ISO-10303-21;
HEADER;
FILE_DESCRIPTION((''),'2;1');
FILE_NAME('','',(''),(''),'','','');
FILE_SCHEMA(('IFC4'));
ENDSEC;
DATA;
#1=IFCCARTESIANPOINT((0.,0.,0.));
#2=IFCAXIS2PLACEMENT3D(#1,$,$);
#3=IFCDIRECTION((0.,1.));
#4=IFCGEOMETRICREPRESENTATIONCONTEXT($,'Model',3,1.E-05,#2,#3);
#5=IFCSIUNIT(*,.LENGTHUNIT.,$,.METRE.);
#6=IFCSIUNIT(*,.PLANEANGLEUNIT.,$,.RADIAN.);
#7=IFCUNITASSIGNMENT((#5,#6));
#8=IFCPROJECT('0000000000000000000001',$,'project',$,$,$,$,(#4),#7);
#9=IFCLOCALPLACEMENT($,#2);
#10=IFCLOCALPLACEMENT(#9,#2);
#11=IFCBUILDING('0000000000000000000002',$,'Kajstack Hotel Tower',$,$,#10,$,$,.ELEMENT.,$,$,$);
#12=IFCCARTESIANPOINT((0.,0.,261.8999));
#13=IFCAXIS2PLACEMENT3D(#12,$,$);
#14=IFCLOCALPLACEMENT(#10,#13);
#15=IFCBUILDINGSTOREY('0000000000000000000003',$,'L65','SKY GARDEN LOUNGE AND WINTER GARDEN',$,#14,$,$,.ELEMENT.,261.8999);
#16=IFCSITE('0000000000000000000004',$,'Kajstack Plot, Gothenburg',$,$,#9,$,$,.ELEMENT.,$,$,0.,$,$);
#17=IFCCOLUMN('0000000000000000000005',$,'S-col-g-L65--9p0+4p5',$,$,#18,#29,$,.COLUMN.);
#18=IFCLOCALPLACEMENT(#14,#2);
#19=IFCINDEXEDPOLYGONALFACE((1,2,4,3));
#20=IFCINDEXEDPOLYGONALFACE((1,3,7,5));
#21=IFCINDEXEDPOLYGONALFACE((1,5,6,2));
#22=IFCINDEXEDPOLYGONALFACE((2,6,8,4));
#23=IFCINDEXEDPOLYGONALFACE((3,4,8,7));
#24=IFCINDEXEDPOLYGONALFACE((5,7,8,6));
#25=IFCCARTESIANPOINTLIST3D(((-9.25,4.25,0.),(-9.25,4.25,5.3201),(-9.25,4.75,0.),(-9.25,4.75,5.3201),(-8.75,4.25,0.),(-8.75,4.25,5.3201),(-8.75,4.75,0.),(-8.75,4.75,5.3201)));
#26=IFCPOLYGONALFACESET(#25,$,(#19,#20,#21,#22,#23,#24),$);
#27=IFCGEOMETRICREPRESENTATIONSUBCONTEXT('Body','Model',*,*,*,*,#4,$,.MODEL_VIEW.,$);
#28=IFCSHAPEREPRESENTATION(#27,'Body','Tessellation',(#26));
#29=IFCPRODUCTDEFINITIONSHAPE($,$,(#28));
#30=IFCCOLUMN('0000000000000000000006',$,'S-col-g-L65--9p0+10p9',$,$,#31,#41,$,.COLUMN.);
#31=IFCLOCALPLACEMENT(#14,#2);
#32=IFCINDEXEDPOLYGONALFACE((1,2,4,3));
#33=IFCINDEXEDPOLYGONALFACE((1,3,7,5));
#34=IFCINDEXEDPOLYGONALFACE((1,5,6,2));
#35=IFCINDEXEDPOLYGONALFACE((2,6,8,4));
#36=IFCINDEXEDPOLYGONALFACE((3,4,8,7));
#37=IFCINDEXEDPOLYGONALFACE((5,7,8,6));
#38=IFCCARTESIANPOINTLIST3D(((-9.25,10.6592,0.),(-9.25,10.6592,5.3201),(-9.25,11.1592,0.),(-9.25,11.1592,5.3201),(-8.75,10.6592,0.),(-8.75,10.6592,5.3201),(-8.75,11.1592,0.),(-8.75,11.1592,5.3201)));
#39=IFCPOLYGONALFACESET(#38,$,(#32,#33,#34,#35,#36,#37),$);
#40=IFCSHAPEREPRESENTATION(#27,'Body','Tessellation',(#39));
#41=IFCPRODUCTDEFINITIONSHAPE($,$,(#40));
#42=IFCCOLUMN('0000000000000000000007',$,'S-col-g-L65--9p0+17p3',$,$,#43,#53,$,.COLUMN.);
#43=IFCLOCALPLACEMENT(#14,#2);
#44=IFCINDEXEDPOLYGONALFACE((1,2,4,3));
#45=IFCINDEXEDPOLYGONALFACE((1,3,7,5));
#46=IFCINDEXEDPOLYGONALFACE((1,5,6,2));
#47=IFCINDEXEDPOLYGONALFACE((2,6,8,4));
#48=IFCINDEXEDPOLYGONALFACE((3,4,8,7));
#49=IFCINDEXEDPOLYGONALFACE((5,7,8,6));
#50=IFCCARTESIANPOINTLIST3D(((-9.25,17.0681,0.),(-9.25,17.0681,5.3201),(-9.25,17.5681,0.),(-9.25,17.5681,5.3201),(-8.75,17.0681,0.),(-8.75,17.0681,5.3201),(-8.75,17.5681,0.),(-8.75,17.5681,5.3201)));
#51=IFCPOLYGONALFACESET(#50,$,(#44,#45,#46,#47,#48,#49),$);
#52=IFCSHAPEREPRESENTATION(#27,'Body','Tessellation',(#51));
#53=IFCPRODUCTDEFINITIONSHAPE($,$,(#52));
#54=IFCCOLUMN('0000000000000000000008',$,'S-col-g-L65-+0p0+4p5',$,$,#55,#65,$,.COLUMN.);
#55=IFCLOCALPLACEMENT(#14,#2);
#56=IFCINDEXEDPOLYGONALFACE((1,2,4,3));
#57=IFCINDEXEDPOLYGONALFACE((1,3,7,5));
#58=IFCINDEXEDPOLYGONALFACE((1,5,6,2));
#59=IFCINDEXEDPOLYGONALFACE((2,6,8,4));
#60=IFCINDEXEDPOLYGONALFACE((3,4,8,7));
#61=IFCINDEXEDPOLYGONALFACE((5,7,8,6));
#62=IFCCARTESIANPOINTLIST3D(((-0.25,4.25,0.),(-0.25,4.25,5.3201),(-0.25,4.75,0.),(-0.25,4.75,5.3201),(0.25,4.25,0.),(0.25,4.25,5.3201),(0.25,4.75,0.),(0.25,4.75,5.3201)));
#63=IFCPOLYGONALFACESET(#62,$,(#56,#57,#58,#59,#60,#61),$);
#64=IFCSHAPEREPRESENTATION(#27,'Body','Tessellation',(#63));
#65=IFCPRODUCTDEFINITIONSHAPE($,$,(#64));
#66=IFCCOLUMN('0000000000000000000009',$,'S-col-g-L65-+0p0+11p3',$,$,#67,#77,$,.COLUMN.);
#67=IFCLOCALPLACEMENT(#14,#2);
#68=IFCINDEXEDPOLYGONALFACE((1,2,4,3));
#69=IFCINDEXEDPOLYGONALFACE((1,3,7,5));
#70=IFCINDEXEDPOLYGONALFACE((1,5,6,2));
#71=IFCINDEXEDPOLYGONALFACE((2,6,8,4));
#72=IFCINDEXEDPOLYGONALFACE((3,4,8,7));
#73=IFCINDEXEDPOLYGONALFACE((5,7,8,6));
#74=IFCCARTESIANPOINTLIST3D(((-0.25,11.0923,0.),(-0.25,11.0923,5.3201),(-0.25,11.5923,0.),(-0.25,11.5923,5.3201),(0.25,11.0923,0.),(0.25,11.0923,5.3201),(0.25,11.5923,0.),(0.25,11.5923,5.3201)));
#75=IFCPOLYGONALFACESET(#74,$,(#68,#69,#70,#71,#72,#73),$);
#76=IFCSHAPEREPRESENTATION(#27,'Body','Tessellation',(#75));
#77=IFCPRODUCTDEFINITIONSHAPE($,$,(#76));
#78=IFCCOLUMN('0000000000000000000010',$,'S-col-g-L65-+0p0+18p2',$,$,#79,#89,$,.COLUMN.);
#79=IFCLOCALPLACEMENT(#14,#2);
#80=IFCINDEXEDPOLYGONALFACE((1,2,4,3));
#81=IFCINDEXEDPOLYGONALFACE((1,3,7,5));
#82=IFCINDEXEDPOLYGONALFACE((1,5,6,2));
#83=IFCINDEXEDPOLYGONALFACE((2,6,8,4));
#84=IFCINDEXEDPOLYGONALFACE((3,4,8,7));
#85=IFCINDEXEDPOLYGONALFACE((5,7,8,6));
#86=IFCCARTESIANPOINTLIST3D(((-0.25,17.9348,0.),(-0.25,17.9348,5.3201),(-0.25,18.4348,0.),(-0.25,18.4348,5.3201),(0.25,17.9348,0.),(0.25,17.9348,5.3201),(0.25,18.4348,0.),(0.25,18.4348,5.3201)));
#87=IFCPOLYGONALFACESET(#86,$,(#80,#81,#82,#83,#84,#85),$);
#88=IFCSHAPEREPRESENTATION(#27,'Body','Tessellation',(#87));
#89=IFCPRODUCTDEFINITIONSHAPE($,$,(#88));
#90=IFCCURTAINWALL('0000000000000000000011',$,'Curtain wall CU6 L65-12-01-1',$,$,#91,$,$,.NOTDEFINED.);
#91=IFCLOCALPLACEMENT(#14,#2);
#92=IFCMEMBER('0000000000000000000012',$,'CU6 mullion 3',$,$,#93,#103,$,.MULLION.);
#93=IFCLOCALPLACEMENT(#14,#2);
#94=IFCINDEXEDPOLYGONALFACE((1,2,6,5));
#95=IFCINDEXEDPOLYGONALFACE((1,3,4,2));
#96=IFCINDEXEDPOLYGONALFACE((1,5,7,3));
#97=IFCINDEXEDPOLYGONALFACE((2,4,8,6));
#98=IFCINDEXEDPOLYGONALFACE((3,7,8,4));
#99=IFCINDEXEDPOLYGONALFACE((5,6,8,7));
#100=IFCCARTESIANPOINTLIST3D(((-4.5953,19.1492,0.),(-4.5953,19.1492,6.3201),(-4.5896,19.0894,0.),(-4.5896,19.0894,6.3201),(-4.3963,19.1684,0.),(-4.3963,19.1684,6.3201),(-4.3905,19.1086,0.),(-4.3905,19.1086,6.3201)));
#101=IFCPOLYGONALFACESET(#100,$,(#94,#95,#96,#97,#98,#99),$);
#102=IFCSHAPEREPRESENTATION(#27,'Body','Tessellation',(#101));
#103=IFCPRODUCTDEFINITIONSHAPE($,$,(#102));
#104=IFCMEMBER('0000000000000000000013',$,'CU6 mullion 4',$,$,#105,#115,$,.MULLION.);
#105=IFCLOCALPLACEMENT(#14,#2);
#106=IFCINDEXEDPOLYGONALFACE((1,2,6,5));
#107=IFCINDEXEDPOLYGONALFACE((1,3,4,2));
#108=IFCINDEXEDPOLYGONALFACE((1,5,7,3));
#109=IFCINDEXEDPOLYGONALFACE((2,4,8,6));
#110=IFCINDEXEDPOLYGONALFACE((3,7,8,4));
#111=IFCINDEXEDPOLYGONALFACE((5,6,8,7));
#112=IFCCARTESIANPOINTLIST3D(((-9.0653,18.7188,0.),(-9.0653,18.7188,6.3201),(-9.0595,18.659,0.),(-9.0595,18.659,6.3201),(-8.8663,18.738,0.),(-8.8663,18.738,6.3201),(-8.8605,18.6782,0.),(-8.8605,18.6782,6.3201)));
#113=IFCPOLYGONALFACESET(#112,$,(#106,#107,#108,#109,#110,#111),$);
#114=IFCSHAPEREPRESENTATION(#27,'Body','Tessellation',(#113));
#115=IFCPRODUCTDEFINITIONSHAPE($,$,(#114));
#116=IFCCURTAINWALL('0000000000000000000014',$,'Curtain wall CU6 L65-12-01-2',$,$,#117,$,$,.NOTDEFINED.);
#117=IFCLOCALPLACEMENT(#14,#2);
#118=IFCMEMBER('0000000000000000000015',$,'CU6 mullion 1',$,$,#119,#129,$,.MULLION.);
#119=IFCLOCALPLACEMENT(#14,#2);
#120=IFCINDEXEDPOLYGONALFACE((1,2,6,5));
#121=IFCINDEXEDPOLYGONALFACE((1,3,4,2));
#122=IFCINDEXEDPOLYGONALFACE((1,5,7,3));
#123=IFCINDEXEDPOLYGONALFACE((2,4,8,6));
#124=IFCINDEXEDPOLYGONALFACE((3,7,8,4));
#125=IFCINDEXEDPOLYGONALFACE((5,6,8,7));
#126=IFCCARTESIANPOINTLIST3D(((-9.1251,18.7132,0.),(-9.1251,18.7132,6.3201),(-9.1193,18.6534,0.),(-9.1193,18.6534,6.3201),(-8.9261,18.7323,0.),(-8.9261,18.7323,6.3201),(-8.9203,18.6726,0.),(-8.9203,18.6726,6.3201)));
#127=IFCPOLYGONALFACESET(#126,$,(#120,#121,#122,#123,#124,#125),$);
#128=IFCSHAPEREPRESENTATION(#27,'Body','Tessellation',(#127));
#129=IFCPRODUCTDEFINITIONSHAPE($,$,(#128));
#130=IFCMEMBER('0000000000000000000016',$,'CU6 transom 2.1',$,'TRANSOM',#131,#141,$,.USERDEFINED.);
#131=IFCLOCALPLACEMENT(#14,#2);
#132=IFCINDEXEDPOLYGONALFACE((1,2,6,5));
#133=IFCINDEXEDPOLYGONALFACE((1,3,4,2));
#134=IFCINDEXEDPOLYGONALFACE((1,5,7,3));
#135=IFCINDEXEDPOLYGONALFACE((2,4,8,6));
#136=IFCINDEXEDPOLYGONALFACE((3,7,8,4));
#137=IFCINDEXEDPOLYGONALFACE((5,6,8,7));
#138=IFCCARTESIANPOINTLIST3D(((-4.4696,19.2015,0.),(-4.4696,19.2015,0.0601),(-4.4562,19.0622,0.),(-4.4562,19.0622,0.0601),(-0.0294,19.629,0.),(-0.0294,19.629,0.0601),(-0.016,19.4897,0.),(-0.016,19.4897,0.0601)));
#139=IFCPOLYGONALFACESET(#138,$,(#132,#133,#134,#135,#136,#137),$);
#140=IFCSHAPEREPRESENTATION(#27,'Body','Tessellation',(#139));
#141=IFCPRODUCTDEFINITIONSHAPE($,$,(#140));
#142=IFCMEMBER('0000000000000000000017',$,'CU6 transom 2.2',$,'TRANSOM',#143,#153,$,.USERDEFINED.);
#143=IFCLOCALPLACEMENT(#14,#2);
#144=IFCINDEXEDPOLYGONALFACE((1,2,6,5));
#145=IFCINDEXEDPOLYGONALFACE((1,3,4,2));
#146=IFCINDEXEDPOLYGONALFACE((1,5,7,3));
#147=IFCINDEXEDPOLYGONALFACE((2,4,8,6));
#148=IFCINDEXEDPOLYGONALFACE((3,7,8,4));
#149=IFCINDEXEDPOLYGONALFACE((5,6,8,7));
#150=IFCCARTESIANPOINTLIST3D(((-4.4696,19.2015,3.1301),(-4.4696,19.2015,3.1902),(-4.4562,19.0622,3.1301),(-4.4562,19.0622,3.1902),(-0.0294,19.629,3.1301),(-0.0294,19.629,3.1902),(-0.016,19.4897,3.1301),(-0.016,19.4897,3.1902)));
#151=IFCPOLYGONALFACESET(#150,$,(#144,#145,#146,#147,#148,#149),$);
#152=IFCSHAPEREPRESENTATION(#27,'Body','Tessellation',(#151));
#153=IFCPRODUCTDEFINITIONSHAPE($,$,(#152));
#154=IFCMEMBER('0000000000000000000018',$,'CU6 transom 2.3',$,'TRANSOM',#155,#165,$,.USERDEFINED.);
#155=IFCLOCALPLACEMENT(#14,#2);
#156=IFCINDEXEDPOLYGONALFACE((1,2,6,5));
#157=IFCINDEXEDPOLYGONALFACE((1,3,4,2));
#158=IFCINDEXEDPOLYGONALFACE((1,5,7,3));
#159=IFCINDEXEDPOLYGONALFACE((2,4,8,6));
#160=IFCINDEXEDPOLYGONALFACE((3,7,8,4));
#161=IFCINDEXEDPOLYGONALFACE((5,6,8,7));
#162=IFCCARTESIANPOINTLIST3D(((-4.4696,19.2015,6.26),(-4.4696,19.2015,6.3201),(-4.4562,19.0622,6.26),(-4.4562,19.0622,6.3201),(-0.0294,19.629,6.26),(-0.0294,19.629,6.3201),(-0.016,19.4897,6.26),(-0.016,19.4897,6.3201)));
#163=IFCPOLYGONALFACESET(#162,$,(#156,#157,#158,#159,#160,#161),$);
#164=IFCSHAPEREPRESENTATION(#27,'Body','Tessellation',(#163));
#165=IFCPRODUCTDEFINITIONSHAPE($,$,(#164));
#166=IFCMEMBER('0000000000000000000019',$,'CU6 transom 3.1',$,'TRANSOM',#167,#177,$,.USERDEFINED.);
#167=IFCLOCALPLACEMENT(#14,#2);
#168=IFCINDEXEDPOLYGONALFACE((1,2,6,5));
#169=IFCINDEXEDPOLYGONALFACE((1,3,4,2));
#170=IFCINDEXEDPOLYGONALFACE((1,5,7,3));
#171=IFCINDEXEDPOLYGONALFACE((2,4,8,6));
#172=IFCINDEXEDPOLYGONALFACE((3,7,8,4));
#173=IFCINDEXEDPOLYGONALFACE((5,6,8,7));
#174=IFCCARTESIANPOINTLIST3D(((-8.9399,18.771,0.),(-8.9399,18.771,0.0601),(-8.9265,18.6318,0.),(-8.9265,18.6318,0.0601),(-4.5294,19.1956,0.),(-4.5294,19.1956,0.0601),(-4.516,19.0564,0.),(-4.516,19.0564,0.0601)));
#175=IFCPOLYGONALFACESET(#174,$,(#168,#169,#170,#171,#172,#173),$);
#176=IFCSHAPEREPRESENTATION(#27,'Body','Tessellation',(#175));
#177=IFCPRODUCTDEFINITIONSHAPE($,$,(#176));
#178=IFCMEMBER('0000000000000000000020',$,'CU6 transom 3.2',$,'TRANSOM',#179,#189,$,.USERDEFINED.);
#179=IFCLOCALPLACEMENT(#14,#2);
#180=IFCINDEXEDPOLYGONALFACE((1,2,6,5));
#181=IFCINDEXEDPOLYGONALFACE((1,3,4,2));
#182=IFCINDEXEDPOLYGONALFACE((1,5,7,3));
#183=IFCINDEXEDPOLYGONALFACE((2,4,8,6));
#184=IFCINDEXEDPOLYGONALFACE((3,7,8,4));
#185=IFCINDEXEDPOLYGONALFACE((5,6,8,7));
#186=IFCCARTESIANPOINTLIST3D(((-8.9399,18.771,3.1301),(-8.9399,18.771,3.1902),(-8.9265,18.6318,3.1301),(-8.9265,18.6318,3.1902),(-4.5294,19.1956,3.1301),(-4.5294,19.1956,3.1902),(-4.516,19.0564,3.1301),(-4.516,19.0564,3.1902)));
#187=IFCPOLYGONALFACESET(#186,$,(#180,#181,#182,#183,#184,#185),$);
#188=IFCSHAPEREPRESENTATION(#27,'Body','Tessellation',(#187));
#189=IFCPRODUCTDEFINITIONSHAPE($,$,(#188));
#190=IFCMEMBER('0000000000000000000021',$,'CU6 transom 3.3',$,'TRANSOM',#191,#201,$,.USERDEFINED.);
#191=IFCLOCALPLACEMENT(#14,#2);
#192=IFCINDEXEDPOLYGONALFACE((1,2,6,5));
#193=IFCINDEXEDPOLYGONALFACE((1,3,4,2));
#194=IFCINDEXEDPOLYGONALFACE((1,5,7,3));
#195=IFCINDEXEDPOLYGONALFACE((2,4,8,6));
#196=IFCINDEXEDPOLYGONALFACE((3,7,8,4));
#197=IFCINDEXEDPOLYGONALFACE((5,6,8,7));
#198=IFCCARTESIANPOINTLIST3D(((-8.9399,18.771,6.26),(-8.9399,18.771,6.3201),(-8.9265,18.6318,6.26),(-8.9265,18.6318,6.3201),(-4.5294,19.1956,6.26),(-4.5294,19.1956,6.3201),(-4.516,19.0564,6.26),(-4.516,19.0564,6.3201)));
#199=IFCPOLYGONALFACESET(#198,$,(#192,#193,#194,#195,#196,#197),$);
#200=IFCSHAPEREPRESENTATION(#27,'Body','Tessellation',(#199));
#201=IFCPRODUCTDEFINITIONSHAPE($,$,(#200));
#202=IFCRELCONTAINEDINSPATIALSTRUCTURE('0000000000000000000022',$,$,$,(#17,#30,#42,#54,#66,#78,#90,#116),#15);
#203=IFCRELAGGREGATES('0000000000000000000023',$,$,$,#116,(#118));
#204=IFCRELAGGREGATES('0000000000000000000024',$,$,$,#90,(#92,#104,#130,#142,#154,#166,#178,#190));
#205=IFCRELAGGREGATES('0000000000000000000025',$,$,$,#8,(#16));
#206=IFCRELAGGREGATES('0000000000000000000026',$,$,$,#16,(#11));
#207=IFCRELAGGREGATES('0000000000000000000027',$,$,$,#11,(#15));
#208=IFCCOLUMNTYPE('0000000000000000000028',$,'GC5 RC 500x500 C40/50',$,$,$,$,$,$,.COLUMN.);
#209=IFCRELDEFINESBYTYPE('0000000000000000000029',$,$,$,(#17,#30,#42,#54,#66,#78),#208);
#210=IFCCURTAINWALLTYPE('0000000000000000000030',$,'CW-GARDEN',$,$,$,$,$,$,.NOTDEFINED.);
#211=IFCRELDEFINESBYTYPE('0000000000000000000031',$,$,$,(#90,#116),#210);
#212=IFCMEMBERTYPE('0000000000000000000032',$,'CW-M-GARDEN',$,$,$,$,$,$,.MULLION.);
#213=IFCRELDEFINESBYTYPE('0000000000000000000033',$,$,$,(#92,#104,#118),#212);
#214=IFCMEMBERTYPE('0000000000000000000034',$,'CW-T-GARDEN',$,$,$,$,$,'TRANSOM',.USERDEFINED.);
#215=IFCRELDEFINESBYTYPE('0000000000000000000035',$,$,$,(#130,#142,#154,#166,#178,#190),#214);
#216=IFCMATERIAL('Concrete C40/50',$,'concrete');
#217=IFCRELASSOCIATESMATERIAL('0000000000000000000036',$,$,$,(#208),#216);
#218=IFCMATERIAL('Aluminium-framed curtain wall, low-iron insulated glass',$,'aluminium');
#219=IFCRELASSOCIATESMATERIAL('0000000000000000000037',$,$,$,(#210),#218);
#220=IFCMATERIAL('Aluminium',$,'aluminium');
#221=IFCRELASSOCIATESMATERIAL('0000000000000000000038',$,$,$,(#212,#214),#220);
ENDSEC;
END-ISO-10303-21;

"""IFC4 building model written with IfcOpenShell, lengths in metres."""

from ifc_helpers import new_model, si_unit, direction, frame, origin, origin_2d, place, context, subcontext, project, spatial, rectangle, extrude, material, material_profile, profile_set, type_object, element, aggregate, save


model = new_model("IFC4")

# Units and contexts
model_context = context("Model", 3, precision=1e-05, world=origin(), true_north=direction((0.0, 1.0)))
body_context = subcontext(model_context, "Body", "Model", "MODEL_VIEW")
ifc_project = project(units=[si_unit("LENGTHUNIT", "METRE"), si_unit("PLANEANGLEUNIT", "RADIAN")], contexts=[model_context])

# Site, building, storey
site_placement = place(None, origin())
site = spatial("IfcSite", under=ifc_project, at=site_placement, Name="Kajstack Plot, Gothenburg", CompositionType="ELEMENT", RefElevation=0.0)
building_placement = place(site_placement, origin())
building = spatial("IfcBuilding", under=site, at=building_placement, Name="Kajstack Hotel Tower", CompositionType="ELEMENT")
storey_placement = place(building_placement, frame((0.0, 0.0, 261.8999)))
storey = spatial("IfcBuildingStorey", under=building, at=storey_placement, Name="L65", Description="SKY GARDEN LOUNGE AND WINTER GARDEN", CompositionType="ELEMENT", Elevation=261.8999)

# Columns
ifc_material_1 = material(Name="Concrete C40/50", Category="concrete")
ifc_material_profile_1 = material_profile(ifc_material_1, rectangle(XDim=0.5, YDim=0.5, at=origin_2d()), Name="RC 500x500")
ifc_profile_set_1 = profile_set([ifc_material_profile_1], Name="Concrete C40/50")
column_type = type_object("IfcColumnType", Name="GC5 RC 500x500 C40/50", PredefinedType="COLUMN", material=ifc_profile_set_1)
for number, where, z_axis, x_axis, name in (
    (1, (-9.0, 4.5, 0.0), (0.0, 0.0, 1.0), (1.0, 0.0, 0.0), "S-col-g-L65--9p0+4p5"),
    (2, (-9.0, 10.9092, 0.0), (0.0, 0.0, 1.0), (1.0, 0.0, 0.0), "S-col-g-L65--9p0+10p9"),
    (3, (-9.0, 17.3181, 0.0), (0.0, 0.0, 1.0), (1.0, 0.0, 0.0), "S-col-g-L65--9p0+17p3"),
    (4, (0.0, 4.5, 0.0), (0.0, 0.0, 1.0), (1.0, 0.0, 0.0), "S-col-g-L65-+0p0+4p5"),
    (5, (0.0, 11.3423, 0.0), (0.0, 0.0, 1.0), (1.0, 0.0, 0.0), "S-col-g-L65-+0p0+11p3"),
    (6, (0.0, 18.1848, 0.0), (0.0, 0.0, 1.0), (1.0, 0.0, 0.0), "S-col-g-L65-+0p0+18p2"),
):
    element("IfcColumn", number, at=place(storey_placement, frame(where, z_axis=z_axis, x_axis=x_axis)), inside=storey, type_object=column_type, Name=name, PredefinedType="COLUMN", context=body_context, shape_type="SweptSolid", body=[
        extrude(rectangle(XDim=0.5, YDim=0.5, at=origin_2d()), origin(), (0.0, 0.0, 1.0), 5.3201),
    ])

# Curtain wall, members
ifc_material_2 = material(Name="Aluminium-framed curtain wall, low-iron insulated glass", Category="aluminium")
curtain_wall_type = type_object("IfcCurtainWallType", Name="CW-GARDEN", PredefinedType="NOTDEFINED", material=ifc_material_2)
curtain_wall_1_placement = place(storey_placement, origin())
curtain_wall_1 = element("IfcCurtainWall", 7, at=curtain_wall_1_placement, inside=storey, type_object=curtain_wall_type, Name="Curtain wall CU6 L65-12-01-1", PredefinedType="NOTDEFINED")
ifc_material_3 = material(Name="Aluminium", Category="aluminium")
ifc_material_profile_2 = material_profile(ifc_material_3, rectangle(XDim=0.0601, YDim=0.2, at=origin_2d()), Name="Aluminium mullion 60 x 200")
ifc_profile_set_2 = profile_set([ifc_material_profile_2], Name="Aluminium")
member_type_1 = type_object("IfcMemberType", Name="CW-M-GARDEN", PredefinedType="MULLION", material=ifc_profile_set_2)
member_1_placement = place(storey_placement, frame((-4.4929, 19.1289, 0.0), z_axis=(0.0, 0.0, 1.0), x_axis=(0.095846, -0.995396, 0.0)))
member_1 = element("IfcMember", 8, at=member_1_placement, type_object=member_type_1, Name="CU6 mullion 3", PredefinedType="MULLION", context=body_context, shape_type="SweptSolid", body=[
    extrude(rectangle(XDim=0.0601, YDim=0.2, at=origin_2d()), origin(), (0.0, 0.0, 1.0), 6.3201),
])
member_2_placement = place(storey_placement, frame((-8.9629, 18.6985, 0.0), z_axis=(0.0, 0.0, 1.0), x_axis=(0.095846, -0.995396, 0.0)))
member_2 = element("IfcMember", 9, at=member_2_placement, type_object=member_type_1, Name="CU6 mullion 4", PredefinedType="MULLION", context=body_context, shape_type="SweptSolid", body=[
    extrude(rectangle(XDim=0.0601, YDim=0.2, at=origin_2d()), origin(), (0.0, 0.0, 1.0), 6.3201),
])

# Curtain wall, member
curtain_wall_2_placement = place(storey_placement, origin())
curtain_wall_2 = element("IfcCurtainWall", 10, at=curtain_wall_2_placement, inside=storey, type_object=curtain_wall_type, Name="Curtain wall CU6 L65-12-01-2", PredefinedType="NOTDEFINED")
member_3_placement = place(storey_placement, frame((-9.0227, 18.6929, 0.0), z_axis=(0.0, 0.0, 1.0), x_axis=(0.095846, -0.995396, 0.0)))
member_3 = element("IfcMember", 11, at=member_3_placement, type_object=member_type_1, Name="CU6 mullion 1", PredefinedType="MULLION", context=body_context, shape_type="SweptSolid", body=[
    extrude(rectangle(XDim=0.0601, YDim=0.2, at=origin_2d()), origin(), (0.0, 0.0, 1.0), 6.3201),
])

# Members
ifc_material_profile_3 = material_profile(ifc_material_3, rectangle(XDim=0.1399, YDim=0.0601, at=origin_2d()), Name="Aluminium transom 140 x 60")
ifc_profile_set_3 = profile_set([ifc_material_profile_3], Name="Aluminium")
member_type_2 = type_object("IfcMemberType", Name="CW-T-GARDEN", ElementType="TRANSOM", PredefinedType="USERDEFINED", material=ifc_profile_set_3)
member_4_placement = place(storey_placement, frame((-0.0227, 19.5593, 0.03), z_axis=(-0.995397, -0.095834, 0.0), x_axis=(0.095834, -0.995397, 0.0)))
member_4 = element("IfcMember", 12, at=member_4_placement, type_object=member_type_2, Name="CU6 transom 2.1", ObjectType="TRANSOM", PredefinedType="USERDEFINED", context=body_context, shape_type="SweptSolid", body=[
    extrude(rectangle(XDim=0.1399, YDim=0.0601, at=origin_2d()), origin(), (0.0, 0.0, 1.0), 4.4607),
])
member_5_placement = place(storey_placement, frame((-0.0227, 19.5593, 3.1602), z_axis=(-0.995397, -0.095834, 0.0), x_axis=(0.095834, -0.995397, 0.0)))
member_5 = element("IfcMember", 13, at=member_5_placement, type_object=member_type_2, Name="CU6 transom 2.2", ObjectType="TRANSOM", PredefinedType="USERDEFINED", context=body_context, shape_type="SweptSolid", body=[
    extrude(rectangle(XDim=0.1399, YDim=0.0601, at=origin_2d()), origin(), (0.0, 0.0, 1.0), 4.4607),
])
member_6_placement = place(storey_placement, frame((-0.0227, 19.5593, 6.29), z_axis=(-0.995397, -0.095834, 0.0), x_axis=(0.095834, -0.995397, 0.0)))
member_6 = element("IfcMember", 14, at=member_6_placement, type_object=member_type_2, Name="CU6 transom 2.3", ObjectType="TRANSOM", PredefinedType="USERDEFINED", context=body_context, shape_type="SweptSolid", body=[
    extrude(rectangle(XDim=0.1399, YDim=0.0601, at=origin_2d()), origin(), (0.0, 0.0, 1.0), 4.4607),
])
member_7_placement = place(storey_placement, frame((-4.5227, 19.126, 0.03), z_axis=(-0.995399, -0.095821, 0.0), x_axis=(0.095821, -0.995399, 0.0)))
member_7 = element("IfcMember", 15, at=member_7_placement, type_object=member_type_2, Name="CU6 transom 3.1", ObjectType="TRANSOM", PredefinedType="USERDEFINED", context=body_context, shape_type="SweptSolid", body=[
    extrude(rectangle(XDim=0.1399, YDim=0.0601, at=origin_2d()), origin(), (0.0, 0.0, 1.0), 4.4309),
])
member_8_placement = place(storey_placement, frame((-4.5227, 19.126, 3.1602), z_axis=(-0.995399, -0.095821, 0.0), x_axis=(0.095821, -0.995399, 0.0)))
member_8 = element("IfcMember", 16, at=member_8_placement, type_object=member_type_2, Name="CU6 transom 3.2", ObjectType="TRANSOM", PredefinedType="USERDEFINED", context=body_context, shape_type="SweptSolid", body=[
    extrude(rectangle(XDim=0.1399, YDim=0.0601, at=origin_2d()), origin(), (0.0, 0.0, 1.0), 4.4309),
])
member_9_placement = place(storey_placement, frame((-4.5227, 19.126, 6.29), z_axis=(-0.995399, -0.095821, 0.0), x_axis=(0.095821, -0.995399, 0.0)))
member_9 = element("IfcMember", 17, at=member_9_placement, type_object=member_type_2, Name="CU6 transom 3.3", ObjectType="TRANSOM", PredefinedType="USERDEFINED", context=body_context, shape_type="SweptSolid", body=[
    extrude(rectangle(XDim=0.1399, YDim=0.0601, at=origin_2d()), origin(), (0.0, 0.0, 1.0), 4.4309),
])
aggregate(curtain_wall_2, [member_3])

aggregate(curtain_wall_1, [member_1, member_2, member_4, member_5, member_6, member_7, member_8, member_9])

save(model, "model.ifc")
